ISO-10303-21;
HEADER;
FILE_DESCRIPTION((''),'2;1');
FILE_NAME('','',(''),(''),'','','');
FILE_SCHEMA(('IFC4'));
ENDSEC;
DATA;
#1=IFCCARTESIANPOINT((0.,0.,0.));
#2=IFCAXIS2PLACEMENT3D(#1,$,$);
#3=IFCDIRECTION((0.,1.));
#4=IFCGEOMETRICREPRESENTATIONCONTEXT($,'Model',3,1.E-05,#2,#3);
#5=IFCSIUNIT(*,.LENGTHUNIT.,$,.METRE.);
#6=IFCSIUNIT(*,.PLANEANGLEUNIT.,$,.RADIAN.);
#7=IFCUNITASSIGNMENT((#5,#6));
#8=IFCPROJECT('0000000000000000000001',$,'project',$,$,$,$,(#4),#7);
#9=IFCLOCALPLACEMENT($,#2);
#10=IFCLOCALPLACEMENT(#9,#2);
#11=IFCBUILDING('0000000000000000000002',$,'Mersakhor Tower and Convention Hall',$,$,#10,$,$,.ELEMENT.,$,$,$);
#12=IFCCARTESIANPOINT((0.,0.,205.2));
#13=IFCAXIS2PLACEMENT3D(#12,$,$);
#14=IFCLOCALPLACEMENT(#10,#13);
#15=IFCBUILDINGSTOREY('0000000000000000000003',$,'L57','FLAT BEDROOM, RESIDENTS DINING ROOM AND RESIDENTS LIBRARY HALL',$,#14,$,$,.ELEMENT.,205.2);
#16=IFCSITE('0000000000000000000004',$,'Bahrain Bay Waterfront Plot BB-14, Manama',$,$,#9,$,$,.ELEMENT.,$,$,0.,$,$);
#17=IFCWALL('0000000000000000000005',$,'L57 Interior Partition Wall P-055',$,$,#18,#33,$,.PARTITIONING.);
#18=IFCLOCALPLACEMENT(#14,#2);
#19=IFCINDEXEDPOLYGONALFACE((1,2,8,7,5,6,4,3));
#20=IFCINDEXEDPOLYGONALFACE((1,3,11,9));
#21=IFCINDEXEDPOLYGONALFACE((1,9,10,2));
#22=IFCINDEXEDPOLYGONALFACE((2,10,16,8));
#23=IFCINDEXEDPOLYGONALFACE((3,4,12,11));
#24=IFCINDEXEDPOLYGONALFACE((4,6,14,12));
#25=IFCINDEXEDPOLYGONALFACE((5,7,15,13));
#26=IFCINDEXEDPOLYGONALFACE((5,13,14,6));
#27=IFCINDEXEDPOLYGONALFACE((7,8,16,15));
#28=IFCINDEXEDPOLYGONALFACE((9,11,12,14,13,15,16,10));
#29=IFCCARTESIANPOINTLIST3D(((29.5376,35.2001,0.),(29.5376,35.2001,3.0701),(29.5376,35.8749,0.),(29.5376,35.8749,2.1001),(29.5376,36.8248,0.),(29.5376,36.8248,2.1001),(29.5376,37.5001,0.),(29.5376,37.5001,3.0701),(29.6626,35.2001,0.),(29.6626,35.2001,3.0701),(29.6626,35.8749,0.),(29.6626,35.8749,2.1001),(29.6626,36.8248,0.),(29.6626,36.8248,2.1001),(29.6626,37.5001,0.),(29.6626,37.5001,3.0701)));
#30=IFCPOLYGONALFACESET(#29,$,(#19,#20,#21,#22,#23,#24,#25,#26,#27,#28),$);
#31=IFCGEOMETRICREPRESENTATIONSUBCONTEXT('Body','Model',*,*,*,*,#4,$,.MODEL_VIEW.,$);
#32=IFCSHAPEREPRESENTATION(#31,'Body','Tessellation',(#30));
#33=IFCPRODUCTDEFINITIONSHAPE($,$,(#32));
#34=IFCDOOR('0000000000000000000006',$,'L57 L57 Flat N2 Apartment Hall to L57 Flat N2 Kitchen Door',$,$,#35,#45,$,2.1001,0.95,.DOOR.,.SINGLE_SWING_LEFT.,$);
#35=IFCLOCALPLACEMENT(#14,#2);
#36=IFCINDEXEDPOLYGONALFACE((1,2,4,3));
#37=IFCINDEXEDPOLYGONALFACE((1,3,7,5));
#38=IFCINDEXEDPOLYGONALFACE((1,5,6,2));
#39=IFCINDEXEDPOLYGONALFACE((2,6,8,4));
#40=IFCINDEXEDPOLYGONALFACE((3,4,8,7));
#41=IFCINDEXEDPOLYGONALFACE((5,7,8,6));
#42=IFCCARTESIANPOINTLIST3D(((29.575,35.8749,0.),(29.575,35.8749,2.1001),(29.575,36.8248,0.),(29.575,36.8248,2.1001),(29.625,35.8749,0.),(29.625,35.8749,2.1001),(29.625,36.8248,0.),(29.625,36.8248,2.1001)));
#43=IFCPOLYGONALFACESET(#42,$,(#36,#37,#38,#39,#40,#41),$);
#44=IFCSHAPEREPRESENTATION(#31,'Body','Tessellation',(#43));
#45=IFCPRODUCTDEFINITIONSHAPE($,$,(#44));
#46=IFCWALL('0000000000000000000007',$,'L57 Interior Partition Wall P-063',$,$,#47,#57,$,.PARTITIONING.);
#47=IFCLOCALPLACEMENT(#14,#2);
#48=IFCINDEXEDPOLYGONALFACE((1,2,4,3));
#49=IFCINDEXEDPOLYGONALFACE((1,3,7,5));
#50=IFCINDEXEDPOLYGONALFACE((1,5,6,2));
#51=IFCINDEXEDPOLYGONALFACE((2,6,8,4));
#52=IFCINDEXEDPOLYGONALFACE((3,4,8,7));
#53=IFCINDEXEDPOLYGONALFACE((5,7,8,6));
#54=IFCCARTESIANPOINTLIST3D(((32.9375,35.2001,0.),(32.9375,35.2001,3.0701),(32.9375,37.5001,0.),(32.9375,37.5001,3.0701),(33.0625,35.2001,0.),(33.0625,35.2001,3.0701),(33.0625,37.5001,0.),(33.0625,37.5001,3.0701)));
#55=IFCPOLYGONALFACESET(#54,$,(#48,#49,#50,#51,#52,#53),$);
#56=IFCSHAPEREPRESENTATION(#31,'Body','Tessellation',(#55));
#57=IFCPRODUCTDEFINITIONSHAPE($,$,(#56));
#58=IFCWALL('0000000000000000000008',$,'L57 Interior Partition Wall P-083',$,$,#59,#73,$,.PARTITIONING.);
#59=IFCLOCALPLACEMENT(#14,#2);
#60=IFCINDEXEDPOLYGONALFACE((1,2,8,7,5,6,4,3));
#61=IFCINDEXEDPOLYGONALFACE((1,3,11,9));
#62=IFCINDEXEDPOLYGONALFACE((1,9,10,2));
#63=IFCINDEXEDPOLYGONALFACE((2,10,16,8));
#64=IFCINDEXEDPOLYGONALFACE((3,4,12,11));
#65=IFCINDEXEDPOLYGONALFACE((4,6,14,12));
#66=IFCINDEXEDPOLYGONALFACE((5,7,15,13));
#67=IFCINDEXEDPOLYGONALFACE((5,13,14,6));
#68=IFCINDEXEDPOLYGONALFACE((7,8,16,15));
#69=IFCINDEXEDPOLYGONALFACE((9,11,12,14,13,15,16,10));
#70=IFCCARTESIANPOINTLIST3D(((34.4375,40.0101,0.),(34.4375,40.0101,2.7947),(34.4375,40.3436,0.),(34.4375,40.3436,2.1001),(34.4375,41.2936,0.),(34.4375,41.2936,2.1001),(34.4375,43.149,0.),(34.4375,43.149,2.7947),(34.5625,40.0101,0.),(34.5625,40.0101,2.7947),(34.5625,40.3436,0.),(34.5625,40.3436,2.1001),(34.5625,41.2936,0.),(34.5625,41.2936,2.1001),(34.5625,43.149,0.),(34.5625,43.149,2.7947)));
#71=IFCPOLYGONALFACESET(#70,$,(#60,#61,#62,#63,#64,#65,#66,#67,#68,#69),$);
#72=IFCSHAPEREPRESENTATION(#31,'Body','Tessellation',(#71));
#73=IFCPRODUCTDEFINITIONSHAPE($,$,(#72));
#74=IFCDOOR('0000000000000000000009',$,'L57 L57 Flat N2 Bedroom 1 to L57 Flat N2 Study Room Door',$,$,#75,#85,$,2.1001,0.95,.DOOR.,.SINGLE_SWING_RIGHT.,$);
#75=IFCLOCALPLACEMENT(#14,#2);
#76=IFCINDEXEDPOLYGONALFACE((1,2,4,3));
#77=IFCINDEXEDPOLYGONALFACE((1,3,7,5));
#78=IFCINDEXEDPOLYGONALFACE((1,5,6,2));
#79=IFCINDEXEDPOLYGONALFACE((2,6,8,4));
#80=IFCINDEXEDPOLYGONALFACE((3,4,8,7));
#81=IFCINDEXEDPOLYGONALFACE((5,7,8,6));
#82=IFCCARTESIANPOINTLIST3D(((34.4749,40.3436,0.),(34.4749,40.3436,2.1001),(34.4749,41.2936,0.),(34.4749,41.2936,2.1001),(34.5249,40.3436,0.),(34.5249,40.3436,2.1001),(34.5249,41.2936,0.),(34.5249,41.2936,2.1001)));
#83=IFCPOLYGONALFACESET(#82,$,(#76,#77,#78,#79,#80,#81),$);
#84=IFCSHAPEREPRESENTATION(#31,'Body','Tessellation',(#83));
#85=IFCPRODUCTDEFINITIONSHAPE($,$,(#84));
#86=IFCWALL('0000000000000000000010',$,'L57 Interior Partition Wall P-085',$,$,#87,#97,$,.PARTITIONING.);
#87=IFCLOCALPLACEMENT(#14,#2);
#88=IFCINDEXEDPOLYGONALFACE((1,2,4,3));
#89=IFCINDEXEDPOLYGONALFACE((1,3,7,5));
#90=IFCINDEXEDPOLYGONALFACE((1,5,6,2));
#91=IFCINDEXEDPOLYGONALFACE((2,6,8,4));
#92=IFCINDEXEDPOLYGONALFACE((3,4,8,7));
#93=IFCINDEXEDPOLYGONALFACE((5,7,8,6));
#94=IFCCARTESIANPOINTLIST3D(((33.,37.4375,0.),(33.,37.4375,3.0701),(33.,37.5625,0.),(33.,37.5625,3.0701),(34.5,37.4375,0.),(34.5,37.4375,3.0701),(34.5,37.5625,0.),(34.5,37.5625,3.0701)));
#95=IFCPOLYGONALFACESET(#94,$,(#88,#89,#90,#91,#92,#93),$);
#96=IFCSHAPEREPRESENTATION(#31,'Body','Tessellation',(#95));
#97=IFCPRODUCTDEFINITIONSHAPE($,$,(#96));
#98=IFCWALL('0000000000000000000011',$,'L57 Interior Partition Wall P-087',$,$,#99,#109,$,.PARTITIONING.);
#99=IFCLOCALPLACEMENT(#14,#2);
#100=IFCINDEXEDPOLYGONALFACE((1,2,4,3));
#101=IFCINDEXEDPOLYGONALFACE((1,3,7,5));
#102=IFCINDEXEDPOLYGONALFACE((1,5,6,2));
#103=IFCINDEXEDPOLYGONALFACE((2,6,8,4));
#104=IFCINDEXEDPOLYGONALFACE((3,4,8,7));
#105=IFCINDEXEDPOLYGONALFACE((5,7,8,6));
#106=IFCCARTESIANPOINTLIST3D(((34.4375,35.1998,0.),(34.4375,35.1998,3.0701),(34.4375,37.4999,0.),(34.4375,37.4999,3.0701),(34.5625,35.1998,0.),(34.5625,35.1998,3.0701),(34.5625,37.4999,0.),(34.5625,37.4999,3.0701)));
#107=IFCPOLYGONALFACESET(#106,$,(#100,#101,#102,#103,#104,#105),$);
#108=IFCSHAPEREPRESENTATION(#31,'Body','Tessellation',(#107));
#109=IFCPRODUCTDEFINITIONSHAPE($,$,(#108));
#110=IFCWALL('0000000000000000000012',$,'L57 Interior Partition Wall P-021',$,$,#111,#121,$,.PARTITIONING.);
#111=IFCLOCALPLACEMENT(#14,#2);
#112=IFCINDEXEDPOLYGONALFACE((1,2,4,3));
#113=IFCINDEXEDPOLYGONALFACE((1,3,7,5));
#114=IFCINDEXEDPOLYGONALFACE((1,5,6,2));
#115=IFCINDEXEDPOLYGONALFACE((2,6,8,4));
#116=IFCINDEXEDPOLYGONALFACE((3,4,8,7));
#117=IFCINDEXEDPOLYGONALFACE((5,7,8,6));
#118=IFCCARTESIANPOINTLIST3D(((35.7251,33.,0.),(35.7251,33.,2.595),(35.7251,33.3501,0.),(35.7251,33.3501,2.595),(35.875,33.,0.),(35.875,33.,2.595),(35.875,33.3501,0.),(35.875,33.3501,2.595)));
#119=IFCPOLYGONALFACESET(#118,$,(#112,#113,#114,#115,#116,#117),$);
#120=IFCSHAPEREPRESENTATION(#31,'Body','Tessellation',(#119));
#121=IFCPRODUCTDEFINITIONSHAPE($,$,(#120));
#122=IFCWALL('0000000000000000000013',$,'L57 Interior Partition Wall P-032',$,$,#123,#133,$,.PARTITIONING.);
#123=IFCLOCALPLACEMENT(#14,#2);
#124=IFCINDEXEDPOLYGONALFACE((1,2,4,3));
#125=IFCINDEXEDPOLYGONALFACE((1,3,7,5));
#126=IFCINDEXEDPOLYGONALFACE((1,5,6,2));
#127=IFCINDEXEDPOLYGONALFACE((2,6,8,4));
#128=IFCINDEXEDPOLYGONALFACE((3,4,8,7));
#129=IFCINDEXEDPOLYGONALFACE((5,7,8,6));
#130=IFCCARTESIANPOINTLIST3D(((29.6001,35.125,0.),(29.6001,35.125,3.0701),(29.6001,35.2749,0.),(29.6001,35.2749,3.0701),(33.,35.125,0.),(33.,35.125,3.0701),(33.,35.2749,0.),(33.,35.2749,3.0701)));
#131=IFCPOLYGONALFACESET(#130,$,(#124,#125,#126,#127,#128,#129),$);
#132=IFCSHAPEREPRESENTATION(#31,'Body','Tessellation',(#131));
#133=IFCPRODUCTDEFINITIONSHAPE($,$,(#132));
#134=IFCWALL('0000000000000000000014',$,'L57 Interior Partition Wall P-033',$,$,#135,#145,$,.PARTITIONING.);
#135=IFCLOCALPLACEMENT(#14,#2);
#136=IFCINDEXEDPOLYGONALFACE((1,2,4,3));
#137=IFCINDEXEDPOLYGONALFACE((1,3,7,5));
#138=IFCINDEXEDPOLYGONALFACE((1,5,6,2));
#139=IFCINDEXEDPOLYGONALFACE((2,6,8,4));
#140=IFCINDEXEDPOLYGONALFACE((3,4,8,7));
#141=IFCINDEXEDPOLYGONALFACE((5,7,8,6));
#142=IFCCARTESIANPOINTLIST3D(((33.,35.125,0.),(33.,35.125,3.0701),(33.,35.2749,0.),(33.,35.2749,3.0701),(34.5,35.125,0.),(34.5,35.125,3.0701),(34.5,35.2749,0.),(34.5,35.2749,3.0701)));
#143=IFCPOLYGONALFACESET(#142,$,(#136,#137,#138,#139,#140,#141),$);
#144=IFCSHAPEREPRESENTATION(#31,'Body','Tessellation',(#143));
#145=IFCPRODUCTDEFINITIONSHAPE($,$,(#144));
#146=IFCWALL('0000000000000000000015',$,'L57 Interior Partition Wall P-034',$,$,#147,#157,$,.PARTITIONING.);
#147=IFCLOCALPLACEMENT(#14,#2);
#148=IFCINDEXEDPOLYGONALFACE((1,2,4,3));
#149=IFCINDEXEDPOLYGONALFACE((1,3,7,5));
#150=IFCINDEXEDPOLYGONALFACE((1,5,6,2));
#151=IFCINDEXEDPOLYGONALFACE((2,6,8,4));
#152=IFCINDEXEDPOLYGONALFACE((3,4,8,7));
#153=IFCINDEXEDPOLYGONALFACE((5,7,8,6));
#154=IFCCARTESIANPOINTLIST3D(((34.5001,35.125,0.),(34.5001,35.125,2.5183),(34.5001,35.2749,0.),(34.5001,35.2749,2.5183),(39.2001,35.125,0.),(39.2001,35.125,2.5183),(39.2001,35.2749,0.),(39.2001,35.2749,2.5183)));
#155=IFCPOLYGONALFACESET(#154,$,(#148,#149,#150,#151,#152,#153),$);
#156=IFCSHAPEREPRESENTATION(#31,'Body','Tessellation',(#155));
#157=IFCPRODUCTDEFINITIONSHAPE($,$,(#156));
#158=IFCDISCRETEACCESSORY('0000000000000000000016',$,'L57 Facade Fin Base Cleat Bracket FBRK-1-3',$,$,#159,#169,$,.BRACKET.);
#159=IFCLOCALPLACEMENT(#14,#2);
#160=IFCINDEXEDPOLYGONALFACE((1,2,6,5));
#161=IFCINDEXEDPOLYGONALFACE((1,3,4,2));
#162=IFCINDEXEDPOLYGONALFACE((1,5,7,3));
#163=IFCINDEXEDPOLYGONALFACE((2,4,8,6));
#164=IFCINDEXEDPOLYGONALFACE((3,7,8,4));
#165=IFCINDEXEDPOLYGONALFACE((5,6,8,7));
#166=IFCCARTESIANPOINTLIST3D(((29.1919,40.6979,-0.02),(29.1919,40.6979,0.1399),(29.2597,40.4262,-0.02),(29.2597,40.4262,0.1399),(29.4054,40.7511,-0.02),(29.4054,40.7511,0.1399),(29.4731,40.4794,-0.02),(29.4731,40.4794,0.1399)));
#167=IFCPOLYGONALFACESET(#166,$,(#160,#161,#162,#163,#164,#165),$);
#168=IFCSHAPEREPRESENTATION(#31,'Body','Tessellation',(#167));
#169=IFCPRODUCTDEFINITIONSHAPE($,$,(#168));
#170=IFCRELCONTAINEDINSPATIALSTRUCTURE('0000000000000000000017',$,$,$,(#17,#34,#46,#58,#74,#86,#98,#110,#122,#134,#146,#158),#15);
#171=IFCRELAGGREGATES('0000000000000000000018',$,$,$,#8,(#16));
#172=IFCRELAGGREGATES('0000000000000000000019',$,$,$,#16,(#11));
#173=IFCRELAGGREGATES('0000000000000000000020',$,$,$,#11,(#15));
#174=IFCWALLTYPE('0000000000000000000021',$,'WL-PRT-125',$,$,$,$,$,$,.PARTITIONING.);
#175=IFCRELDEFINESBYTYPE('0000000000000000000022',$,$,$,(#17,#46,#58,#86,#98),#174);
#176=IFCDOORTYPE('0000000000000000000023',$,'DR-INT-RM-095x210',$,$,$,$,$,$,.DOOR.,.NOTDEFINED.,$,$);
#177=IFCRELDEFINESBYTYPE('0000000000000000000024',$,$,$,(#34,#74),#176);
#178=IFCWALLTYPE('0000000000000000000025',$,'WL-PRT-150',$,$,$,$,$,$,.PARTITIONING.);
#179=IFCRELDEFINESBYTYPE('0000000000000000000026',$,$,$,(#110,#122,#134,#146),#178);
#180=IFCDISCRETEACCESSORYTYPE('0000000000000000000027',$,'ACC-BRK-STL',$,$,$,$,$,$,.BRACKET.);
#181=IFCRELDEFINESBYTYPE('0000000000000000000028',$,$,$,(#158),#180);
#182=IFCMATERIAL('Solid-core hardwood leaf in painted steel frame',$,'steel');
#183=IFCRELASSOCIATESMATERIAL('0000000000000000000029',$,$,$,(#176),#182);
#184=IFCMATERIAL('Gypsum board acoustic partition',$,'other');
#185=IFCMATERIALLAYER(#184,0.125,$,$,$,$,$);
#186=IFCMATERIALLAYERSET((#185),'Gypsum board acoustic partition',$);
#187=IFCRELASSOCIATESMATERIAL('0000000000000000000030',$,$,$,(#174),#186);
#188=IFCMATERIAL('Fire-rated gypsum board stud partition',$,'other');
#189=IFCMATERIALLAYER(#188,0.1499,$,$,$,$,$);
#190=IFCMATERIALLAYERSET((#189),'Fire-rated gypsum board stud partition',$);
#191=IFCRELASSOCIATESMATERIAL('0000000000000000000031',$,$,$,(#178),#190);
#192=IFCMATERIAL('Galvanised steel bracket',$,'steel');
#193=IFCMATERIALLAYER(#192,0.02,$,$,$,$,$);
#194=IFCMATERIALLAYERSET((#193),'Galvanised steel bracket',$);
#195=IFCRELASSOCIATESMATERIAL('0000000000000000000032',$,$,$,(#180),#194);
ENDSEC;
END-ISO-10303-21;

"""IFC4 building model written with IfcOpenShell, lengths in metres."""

from ifc_helpers import new_model, si_unit, direction, frame, frame_2d, origin, origin_2d, place, context, subcontext, project, spatial, rectangle, extrude, material, layer, layer_set, type_object, element, fill, save


model = new_model("IFC4")

# Units and contexts
model_context = context("Model", 3, precision=1e-05, world=origin(), true_north=direction((0.0, 1.0)))
body_context = subcontext(model_context, "Body", "Model", "MODEL_VIEW")
ifc_project = project(units=[si_unit("LENGTHUNIT", "METRE"), si_unit("PLANEANGLEUNIT", "RADIAN")], contexts=[model_context])

# Site, building, storey
site_placement = place(None, origin())
site = spatial("IfcSite", under=ifc_project, at=site_placement, Name="Bahrain Bay Waterfront Plot BB-14, Manama", CompositionType="ELEMENT", RefElevation=0.0)
building_placement = place(site_placement, origin())
building = spatial("IfcBuilding", under=site, at=building_placement, Name="Mersakhor Tower and Convention Hall", CompositionType="ELEMENT")
storey_placement = place(building_placement, frame((0.0, 0.0, 205.2)))
storey = spatial("IfcBuildingStorey", under=building, at=storey_placement, Name="L57", Description="FLAT BEDROOM, RESIDENTS DINING ROOM AND RESIDENTS LIBRARY HALL", CompositionType="ELEMENT", Elevation=205.2)

# Wall, opening, door
ifc_material_1 = material(Name="Solid-core hardwood leaf in painted steel frame", Category="steel")
door_type = type_object("IfcDoorType", Name="DR-INT-RM-095x210", OperationType="NOTDEFINED", PredefinedType="DOOR", material=ifc_material_1)
ifc_material_2 = material(Name="Gypsum board acoustic partition", Category="other")
ifc_layer_1 = layer(ifc_material_2, 0.125)
ifc_layer_set_1 = layer_set([ifc_layer_1], Name="Gypsum board acoustic partition")
wall_type_1 = type_object("IfcWallType", Name="WL-PRT-125", PredefinedType="PARTITIONING", material=ifc_layer_set_1)
wall_1_placement = place(storey_placement, frame((29.6001, 37.5, 0.0), z_axis=(0.0, 0.0, 1.0), x_axis=(0.0, -1.0, 0.0)))
wall_1 = element("IfcWall", 1, at=wall_1_placement, inside=storey, type_object=wall_type_1, Name="L57 Interior Partition Wall P-055", PredefinedType="PARTITIONING", context=body_context, shape_type="SweptSolid", body=[
    extrude(rectangle(XDim=2.3, YDim=0.125, at=frame_2d((1.1499, 0.0))), origin(), (0.0, 0.0, 1.0), 3.0701),
])
opening_1_placement = place(wall_1_placement, frame((0.675, 0.0, 0.0)))
opening_1 = element("IfcOpeningElement", 2, at=opening_1_placement, cuts=wall_1, PredefinedType="OPENING", context=body_context, shape_type="SweptSolid", body=[
    extrude(rectangle(XDim=0.95, YDim=2.1001, at=frame_2d((0.4751, 1.05))), frame((0.0, 0.0725, 0.0), z_axis=(0.0, -1.0, 0.0), x_axis=(1.0, 0.0, 0.0)), (0.0, 0.0, 1.0), 0.145),
])
door_1_placement = place(opening_1_placement, origin())
door_1 = element("IfcDoor", 3, at=door_1_placement, inside=storey, type_object=door_type, Name="L57 L57 Flat N2 Apartment Hall to L57 Flat N2 Kitchen Door", OperationType="SINGLE_SWING_LEFT", OverallHeight=2.1001, OverallWidth=0.95, PredefinedType="DOOR", context=body_context, shape_type="SweptSolid", body=[
    extrude(rectangle(XDim=0.95, YDim=2.1001, at=frame_2d((0.4751, 1.05))), frame((0.0, 0.0249, 0.0), z_axis=(0.0, -1.0, 0.0), x_axis=(1.0, 0.0, 0.0)), (0.0, 0.0, 1.0), 0.05),
])
fill(opening_1, door_1)

# Wall
wall_2_placement = place(storey_placement, frame((33.0, 37.5, 0.0), z_axis=(0.0, 0.0, 1.0), x_axis=(0.0, -1.0, 0.0)))
element("IfcWall", 4, at=wall_2_placement, inside=storey, type_object=wall_type_1, Name="L57 Interior Partition Wall P-063", PredefinedType="PARTITIONING", context=body_context, shape_type="SweptSolid", body=[
    extrude(rectangle(XDim=2.3, YDim=0.125, at=frame_2d((1.1499, 0.0))), origin(), (0.0, 0.0, 1.0), 3.0701),
])

# Wall, opening, door
wall_3_placement = place(storey_placement, frame((34.5, 43.1489, 0.0), z_axis=(0.0, 0.0, 1.0), x_axis=(0.0, -1.0, 0.0)))
wall_3 = element("IfcWall", 5, at=wall_3_placement, inside=storey, type_object=wall_type_1, Name="L57 Interior Partition Wall P-083", PredefinedType="PARTITIONING", context=body_context, shape_type="SweptSolid", body=[
    extrude(rectangle(XDim=3.1389, YDim=0.125, at=frame_2d((1.5693, 0.0))), origin(), (0.0, 0.0, 1.0), 2.7947),
])
opening_2_placement = place(wall_3_placement, frame((1.8552, 0.0, 0.0)))
opening_2 = element("IfcOpeningElement", 6, at=opening_2_placement, cuts=wall_3, PredefinedType="OPENING", context=body_context, shape_type="SweptSolid", body=[
    extrude(rectangle(XDim=0.95, YDim=2.1001, at=frame_2d((0.4751, 1.05))), frame((0.0, 0.0725, 0.0), z_axis=(0.0, -1.0, 0.0), x_axis=(1.0, 0.0, 0.0)), (0.0, 0.0, 1.0), 0.145),
])
door_2_placement = place(opening_2_placement, origin())
door_2 = element("IfcDoor", 7, at=door_2_placement, inside=storey, type_object=door_type, Name="L57 L57 Flat N2 Bedroom 1 to L57 Flat N2 Study Room Door", OperationType="SINGLE_SWING_RIGHT", OverallHeight=2.1001, OverallWidth=0.95, PredefinedType="DOOR", context=body_context, shape_type="SweptSolid", body=[
    extrude(rectangle(XDim=0.95, YDim=2.1001, at=frame_2d((0.4751, 1.05))), frame((0.0, 0.0249, 0.0), z_axis=(0.0, -1.0, 0.0), x_axis=(1.0, 0.0, 0.0)), (0.0, 0.0, 1.0), 0.05),
])
fill(opening_2, door_2)

# Walls
wall_4_placement = place(storey_placement, frame((34.5, 37.5, 0.0), z_axis=(0.0, 0.0, 1.0), x_axis=(-1.0, 0.0, 0.0)))
element("IfcWall", 8, at=wall_4_placement, inside=storey, type_object=wall_type_1, Name="L57 Interior Partition Wall P-085", PredefinedType="PARTITIONING", context=body_context, shape_type="SweptSolid", body=[
    extrude(rectangle(XDim=1.5, YDim=0.125, at=frame_2d((0.75, 0.0))), origin(), (0.0, 0.0, 1.0), 3.0701),
])
wall_5_placement = place(storey_placement, frame((34.5, 35.2, 0.0), z_axis=(0.0, 0.0, 1.0), x_axis=(0.0, 1.0, 0.0)))
element("IfcWall", 9, at=wall_5_placement, inside=storey, type_object=wall_type_1, Name="L57 Interior Partition Wall P-087", PredefinedType="PARTITIONING", context=body_context, shape_type="SweptSolid", body=[
    extrude(rectangle(XDim=2.3, YDim=0.125, at=frame_2d((1.1499, 0.0))), origin(), (0.0, 0.0, 1.0), 3.0701),
])
ifc_material_3 = material(Name="Fire-rated gypsum board stud partition", Category="other")
ifc_layer_2 = layer(ifc_material_3, 0.1499)
ifc_layer_set_2 = layer_set([ifc_layer_2], Name="Fire-rated gypsum board stud partition")
wall_type_2 = type_object("IfcWallType", Name="WL-PRT-150", PredefinedType="PARTITIONING", material=ifc_layer_set_2)
wall_6_placement = place(storey_placement, frame((35.8, 33.3501, 0.0), z_axis=(0.0, 0.0, 1.0), x_axis=(0.0, -1.0, 0.0)))
element("IfcWall", 10, at=wall_6_placement, inside=storey, type_object=wall_type_2, Name="L57 Interior Partition Wall P-021", PredefinedType="PARTITIONING", context=body_context, shape_type="SweptSolid", body=[
    extrude(rectangle(XDim=0.3501, YDim=0.1499, at=frame_2d((0.175, 0.0))), origin(), (0.0, 0.0, 1.0), 2.595),
])
wall_7_placement = place(storey_placement, frame((29.6001, 35.2, 0.0), z_axis=(0.0, 0.0, 1.0), x_axis=(1.0, 0.0, 0.0)))
element("IfcWall", 11, at=wall_7_placement, inside=storey, type_object=wall_type_2, Name="L57 Interior Partition Wall P-032", PredefinedType="PARTITIONING", context=body_context, shape_type="SweptSolid", body=[
    extrude(rectangle(XDim=3.3999, YDim=0.1499, at=frame_2d((1.7, 0.0))), origin(), (0.0, 0.0, 1.0), 3.0701),
])
wall_8_placement = place(storey_placement, frame((33.0, 35.2, 0.0), z_axis=(0.0, 0.0, 1.0), x_axis=(1.0, 0.0, 0.0)))
element("IfcWall", 12, at=wall_8_placement, inside=storey, type_object=wall_type_2, Name="L57 Interior Partition Wall P-033", PredefinedType="PARTITIONING", context=body_context, shape_type="SweptSolid", body=[
    extrude(rectangle(XDim=1.5, YDim=0.1499, at=frame_2d((0.75, 0.0))), origin(), (0.0, 0.0, 1.0), 3.0701),
])
wall_9_placement = place(storey_placement, frame((34.5, 35.2, 0.0), z_axis=(0.0, 0.0, 1.0), x_axis=(1.0, 0.0, 0.0)))
element("IfcWall", 13, at=wall_9_placement, inside=storey, type_object=wall_type_2, Name="L57 Interior Partition Wall P-034", PredefinedType="PARTITIONING", context=body_context, shape_type="SweptSolid", body=[
    extrude(rectangle(XDim=4.7, YDim=0.1499, at=frame_2d((2.3501, 0.0))), origin(), (0.0, 0.0, 1.0), 2.5183),
])

# Discrete accessory
ifc_material_4 = material(Name="Galvanised steel bracket", Category="steel")
ifc_layer_3 = layer(ifc_material_4, 0.02)
ifc_layer_set_3 = layer_set([ifc_layer_3], Name="Galvanised steel bracket")
discrete_accessory_type = type_object("IfcDiscreteAccessoryType", Name="ACC-BRK-STL", PredefinedType="BRACKET", material=ifc_layer_set_3)
discrete_accessory_placement = place(storey_placement, frame((29.3325, 40.5886, -0.02), z_axis=(0.0, 0.0, 1.0), x_axis=(-0.241922, 0.970296, 0.0)))
element("IfcDiscreteAccessory", 14, at=discrete_accessory_placement, inside=storey, type_object=discrete_accessory_type, Name="L57 Facade Fin Base Cleat Bracket FBRK-1-3", PredefinedType="BRACKET", context=body_context, shape_type="SweptSolid", body=[
    extrude(rectangle(XDim=0.28, YDim=0.22, at=origin_2d()), origin(), (0.0, 0.0, 1.0), 0.1599),
])

save(model, "model.ifc")
